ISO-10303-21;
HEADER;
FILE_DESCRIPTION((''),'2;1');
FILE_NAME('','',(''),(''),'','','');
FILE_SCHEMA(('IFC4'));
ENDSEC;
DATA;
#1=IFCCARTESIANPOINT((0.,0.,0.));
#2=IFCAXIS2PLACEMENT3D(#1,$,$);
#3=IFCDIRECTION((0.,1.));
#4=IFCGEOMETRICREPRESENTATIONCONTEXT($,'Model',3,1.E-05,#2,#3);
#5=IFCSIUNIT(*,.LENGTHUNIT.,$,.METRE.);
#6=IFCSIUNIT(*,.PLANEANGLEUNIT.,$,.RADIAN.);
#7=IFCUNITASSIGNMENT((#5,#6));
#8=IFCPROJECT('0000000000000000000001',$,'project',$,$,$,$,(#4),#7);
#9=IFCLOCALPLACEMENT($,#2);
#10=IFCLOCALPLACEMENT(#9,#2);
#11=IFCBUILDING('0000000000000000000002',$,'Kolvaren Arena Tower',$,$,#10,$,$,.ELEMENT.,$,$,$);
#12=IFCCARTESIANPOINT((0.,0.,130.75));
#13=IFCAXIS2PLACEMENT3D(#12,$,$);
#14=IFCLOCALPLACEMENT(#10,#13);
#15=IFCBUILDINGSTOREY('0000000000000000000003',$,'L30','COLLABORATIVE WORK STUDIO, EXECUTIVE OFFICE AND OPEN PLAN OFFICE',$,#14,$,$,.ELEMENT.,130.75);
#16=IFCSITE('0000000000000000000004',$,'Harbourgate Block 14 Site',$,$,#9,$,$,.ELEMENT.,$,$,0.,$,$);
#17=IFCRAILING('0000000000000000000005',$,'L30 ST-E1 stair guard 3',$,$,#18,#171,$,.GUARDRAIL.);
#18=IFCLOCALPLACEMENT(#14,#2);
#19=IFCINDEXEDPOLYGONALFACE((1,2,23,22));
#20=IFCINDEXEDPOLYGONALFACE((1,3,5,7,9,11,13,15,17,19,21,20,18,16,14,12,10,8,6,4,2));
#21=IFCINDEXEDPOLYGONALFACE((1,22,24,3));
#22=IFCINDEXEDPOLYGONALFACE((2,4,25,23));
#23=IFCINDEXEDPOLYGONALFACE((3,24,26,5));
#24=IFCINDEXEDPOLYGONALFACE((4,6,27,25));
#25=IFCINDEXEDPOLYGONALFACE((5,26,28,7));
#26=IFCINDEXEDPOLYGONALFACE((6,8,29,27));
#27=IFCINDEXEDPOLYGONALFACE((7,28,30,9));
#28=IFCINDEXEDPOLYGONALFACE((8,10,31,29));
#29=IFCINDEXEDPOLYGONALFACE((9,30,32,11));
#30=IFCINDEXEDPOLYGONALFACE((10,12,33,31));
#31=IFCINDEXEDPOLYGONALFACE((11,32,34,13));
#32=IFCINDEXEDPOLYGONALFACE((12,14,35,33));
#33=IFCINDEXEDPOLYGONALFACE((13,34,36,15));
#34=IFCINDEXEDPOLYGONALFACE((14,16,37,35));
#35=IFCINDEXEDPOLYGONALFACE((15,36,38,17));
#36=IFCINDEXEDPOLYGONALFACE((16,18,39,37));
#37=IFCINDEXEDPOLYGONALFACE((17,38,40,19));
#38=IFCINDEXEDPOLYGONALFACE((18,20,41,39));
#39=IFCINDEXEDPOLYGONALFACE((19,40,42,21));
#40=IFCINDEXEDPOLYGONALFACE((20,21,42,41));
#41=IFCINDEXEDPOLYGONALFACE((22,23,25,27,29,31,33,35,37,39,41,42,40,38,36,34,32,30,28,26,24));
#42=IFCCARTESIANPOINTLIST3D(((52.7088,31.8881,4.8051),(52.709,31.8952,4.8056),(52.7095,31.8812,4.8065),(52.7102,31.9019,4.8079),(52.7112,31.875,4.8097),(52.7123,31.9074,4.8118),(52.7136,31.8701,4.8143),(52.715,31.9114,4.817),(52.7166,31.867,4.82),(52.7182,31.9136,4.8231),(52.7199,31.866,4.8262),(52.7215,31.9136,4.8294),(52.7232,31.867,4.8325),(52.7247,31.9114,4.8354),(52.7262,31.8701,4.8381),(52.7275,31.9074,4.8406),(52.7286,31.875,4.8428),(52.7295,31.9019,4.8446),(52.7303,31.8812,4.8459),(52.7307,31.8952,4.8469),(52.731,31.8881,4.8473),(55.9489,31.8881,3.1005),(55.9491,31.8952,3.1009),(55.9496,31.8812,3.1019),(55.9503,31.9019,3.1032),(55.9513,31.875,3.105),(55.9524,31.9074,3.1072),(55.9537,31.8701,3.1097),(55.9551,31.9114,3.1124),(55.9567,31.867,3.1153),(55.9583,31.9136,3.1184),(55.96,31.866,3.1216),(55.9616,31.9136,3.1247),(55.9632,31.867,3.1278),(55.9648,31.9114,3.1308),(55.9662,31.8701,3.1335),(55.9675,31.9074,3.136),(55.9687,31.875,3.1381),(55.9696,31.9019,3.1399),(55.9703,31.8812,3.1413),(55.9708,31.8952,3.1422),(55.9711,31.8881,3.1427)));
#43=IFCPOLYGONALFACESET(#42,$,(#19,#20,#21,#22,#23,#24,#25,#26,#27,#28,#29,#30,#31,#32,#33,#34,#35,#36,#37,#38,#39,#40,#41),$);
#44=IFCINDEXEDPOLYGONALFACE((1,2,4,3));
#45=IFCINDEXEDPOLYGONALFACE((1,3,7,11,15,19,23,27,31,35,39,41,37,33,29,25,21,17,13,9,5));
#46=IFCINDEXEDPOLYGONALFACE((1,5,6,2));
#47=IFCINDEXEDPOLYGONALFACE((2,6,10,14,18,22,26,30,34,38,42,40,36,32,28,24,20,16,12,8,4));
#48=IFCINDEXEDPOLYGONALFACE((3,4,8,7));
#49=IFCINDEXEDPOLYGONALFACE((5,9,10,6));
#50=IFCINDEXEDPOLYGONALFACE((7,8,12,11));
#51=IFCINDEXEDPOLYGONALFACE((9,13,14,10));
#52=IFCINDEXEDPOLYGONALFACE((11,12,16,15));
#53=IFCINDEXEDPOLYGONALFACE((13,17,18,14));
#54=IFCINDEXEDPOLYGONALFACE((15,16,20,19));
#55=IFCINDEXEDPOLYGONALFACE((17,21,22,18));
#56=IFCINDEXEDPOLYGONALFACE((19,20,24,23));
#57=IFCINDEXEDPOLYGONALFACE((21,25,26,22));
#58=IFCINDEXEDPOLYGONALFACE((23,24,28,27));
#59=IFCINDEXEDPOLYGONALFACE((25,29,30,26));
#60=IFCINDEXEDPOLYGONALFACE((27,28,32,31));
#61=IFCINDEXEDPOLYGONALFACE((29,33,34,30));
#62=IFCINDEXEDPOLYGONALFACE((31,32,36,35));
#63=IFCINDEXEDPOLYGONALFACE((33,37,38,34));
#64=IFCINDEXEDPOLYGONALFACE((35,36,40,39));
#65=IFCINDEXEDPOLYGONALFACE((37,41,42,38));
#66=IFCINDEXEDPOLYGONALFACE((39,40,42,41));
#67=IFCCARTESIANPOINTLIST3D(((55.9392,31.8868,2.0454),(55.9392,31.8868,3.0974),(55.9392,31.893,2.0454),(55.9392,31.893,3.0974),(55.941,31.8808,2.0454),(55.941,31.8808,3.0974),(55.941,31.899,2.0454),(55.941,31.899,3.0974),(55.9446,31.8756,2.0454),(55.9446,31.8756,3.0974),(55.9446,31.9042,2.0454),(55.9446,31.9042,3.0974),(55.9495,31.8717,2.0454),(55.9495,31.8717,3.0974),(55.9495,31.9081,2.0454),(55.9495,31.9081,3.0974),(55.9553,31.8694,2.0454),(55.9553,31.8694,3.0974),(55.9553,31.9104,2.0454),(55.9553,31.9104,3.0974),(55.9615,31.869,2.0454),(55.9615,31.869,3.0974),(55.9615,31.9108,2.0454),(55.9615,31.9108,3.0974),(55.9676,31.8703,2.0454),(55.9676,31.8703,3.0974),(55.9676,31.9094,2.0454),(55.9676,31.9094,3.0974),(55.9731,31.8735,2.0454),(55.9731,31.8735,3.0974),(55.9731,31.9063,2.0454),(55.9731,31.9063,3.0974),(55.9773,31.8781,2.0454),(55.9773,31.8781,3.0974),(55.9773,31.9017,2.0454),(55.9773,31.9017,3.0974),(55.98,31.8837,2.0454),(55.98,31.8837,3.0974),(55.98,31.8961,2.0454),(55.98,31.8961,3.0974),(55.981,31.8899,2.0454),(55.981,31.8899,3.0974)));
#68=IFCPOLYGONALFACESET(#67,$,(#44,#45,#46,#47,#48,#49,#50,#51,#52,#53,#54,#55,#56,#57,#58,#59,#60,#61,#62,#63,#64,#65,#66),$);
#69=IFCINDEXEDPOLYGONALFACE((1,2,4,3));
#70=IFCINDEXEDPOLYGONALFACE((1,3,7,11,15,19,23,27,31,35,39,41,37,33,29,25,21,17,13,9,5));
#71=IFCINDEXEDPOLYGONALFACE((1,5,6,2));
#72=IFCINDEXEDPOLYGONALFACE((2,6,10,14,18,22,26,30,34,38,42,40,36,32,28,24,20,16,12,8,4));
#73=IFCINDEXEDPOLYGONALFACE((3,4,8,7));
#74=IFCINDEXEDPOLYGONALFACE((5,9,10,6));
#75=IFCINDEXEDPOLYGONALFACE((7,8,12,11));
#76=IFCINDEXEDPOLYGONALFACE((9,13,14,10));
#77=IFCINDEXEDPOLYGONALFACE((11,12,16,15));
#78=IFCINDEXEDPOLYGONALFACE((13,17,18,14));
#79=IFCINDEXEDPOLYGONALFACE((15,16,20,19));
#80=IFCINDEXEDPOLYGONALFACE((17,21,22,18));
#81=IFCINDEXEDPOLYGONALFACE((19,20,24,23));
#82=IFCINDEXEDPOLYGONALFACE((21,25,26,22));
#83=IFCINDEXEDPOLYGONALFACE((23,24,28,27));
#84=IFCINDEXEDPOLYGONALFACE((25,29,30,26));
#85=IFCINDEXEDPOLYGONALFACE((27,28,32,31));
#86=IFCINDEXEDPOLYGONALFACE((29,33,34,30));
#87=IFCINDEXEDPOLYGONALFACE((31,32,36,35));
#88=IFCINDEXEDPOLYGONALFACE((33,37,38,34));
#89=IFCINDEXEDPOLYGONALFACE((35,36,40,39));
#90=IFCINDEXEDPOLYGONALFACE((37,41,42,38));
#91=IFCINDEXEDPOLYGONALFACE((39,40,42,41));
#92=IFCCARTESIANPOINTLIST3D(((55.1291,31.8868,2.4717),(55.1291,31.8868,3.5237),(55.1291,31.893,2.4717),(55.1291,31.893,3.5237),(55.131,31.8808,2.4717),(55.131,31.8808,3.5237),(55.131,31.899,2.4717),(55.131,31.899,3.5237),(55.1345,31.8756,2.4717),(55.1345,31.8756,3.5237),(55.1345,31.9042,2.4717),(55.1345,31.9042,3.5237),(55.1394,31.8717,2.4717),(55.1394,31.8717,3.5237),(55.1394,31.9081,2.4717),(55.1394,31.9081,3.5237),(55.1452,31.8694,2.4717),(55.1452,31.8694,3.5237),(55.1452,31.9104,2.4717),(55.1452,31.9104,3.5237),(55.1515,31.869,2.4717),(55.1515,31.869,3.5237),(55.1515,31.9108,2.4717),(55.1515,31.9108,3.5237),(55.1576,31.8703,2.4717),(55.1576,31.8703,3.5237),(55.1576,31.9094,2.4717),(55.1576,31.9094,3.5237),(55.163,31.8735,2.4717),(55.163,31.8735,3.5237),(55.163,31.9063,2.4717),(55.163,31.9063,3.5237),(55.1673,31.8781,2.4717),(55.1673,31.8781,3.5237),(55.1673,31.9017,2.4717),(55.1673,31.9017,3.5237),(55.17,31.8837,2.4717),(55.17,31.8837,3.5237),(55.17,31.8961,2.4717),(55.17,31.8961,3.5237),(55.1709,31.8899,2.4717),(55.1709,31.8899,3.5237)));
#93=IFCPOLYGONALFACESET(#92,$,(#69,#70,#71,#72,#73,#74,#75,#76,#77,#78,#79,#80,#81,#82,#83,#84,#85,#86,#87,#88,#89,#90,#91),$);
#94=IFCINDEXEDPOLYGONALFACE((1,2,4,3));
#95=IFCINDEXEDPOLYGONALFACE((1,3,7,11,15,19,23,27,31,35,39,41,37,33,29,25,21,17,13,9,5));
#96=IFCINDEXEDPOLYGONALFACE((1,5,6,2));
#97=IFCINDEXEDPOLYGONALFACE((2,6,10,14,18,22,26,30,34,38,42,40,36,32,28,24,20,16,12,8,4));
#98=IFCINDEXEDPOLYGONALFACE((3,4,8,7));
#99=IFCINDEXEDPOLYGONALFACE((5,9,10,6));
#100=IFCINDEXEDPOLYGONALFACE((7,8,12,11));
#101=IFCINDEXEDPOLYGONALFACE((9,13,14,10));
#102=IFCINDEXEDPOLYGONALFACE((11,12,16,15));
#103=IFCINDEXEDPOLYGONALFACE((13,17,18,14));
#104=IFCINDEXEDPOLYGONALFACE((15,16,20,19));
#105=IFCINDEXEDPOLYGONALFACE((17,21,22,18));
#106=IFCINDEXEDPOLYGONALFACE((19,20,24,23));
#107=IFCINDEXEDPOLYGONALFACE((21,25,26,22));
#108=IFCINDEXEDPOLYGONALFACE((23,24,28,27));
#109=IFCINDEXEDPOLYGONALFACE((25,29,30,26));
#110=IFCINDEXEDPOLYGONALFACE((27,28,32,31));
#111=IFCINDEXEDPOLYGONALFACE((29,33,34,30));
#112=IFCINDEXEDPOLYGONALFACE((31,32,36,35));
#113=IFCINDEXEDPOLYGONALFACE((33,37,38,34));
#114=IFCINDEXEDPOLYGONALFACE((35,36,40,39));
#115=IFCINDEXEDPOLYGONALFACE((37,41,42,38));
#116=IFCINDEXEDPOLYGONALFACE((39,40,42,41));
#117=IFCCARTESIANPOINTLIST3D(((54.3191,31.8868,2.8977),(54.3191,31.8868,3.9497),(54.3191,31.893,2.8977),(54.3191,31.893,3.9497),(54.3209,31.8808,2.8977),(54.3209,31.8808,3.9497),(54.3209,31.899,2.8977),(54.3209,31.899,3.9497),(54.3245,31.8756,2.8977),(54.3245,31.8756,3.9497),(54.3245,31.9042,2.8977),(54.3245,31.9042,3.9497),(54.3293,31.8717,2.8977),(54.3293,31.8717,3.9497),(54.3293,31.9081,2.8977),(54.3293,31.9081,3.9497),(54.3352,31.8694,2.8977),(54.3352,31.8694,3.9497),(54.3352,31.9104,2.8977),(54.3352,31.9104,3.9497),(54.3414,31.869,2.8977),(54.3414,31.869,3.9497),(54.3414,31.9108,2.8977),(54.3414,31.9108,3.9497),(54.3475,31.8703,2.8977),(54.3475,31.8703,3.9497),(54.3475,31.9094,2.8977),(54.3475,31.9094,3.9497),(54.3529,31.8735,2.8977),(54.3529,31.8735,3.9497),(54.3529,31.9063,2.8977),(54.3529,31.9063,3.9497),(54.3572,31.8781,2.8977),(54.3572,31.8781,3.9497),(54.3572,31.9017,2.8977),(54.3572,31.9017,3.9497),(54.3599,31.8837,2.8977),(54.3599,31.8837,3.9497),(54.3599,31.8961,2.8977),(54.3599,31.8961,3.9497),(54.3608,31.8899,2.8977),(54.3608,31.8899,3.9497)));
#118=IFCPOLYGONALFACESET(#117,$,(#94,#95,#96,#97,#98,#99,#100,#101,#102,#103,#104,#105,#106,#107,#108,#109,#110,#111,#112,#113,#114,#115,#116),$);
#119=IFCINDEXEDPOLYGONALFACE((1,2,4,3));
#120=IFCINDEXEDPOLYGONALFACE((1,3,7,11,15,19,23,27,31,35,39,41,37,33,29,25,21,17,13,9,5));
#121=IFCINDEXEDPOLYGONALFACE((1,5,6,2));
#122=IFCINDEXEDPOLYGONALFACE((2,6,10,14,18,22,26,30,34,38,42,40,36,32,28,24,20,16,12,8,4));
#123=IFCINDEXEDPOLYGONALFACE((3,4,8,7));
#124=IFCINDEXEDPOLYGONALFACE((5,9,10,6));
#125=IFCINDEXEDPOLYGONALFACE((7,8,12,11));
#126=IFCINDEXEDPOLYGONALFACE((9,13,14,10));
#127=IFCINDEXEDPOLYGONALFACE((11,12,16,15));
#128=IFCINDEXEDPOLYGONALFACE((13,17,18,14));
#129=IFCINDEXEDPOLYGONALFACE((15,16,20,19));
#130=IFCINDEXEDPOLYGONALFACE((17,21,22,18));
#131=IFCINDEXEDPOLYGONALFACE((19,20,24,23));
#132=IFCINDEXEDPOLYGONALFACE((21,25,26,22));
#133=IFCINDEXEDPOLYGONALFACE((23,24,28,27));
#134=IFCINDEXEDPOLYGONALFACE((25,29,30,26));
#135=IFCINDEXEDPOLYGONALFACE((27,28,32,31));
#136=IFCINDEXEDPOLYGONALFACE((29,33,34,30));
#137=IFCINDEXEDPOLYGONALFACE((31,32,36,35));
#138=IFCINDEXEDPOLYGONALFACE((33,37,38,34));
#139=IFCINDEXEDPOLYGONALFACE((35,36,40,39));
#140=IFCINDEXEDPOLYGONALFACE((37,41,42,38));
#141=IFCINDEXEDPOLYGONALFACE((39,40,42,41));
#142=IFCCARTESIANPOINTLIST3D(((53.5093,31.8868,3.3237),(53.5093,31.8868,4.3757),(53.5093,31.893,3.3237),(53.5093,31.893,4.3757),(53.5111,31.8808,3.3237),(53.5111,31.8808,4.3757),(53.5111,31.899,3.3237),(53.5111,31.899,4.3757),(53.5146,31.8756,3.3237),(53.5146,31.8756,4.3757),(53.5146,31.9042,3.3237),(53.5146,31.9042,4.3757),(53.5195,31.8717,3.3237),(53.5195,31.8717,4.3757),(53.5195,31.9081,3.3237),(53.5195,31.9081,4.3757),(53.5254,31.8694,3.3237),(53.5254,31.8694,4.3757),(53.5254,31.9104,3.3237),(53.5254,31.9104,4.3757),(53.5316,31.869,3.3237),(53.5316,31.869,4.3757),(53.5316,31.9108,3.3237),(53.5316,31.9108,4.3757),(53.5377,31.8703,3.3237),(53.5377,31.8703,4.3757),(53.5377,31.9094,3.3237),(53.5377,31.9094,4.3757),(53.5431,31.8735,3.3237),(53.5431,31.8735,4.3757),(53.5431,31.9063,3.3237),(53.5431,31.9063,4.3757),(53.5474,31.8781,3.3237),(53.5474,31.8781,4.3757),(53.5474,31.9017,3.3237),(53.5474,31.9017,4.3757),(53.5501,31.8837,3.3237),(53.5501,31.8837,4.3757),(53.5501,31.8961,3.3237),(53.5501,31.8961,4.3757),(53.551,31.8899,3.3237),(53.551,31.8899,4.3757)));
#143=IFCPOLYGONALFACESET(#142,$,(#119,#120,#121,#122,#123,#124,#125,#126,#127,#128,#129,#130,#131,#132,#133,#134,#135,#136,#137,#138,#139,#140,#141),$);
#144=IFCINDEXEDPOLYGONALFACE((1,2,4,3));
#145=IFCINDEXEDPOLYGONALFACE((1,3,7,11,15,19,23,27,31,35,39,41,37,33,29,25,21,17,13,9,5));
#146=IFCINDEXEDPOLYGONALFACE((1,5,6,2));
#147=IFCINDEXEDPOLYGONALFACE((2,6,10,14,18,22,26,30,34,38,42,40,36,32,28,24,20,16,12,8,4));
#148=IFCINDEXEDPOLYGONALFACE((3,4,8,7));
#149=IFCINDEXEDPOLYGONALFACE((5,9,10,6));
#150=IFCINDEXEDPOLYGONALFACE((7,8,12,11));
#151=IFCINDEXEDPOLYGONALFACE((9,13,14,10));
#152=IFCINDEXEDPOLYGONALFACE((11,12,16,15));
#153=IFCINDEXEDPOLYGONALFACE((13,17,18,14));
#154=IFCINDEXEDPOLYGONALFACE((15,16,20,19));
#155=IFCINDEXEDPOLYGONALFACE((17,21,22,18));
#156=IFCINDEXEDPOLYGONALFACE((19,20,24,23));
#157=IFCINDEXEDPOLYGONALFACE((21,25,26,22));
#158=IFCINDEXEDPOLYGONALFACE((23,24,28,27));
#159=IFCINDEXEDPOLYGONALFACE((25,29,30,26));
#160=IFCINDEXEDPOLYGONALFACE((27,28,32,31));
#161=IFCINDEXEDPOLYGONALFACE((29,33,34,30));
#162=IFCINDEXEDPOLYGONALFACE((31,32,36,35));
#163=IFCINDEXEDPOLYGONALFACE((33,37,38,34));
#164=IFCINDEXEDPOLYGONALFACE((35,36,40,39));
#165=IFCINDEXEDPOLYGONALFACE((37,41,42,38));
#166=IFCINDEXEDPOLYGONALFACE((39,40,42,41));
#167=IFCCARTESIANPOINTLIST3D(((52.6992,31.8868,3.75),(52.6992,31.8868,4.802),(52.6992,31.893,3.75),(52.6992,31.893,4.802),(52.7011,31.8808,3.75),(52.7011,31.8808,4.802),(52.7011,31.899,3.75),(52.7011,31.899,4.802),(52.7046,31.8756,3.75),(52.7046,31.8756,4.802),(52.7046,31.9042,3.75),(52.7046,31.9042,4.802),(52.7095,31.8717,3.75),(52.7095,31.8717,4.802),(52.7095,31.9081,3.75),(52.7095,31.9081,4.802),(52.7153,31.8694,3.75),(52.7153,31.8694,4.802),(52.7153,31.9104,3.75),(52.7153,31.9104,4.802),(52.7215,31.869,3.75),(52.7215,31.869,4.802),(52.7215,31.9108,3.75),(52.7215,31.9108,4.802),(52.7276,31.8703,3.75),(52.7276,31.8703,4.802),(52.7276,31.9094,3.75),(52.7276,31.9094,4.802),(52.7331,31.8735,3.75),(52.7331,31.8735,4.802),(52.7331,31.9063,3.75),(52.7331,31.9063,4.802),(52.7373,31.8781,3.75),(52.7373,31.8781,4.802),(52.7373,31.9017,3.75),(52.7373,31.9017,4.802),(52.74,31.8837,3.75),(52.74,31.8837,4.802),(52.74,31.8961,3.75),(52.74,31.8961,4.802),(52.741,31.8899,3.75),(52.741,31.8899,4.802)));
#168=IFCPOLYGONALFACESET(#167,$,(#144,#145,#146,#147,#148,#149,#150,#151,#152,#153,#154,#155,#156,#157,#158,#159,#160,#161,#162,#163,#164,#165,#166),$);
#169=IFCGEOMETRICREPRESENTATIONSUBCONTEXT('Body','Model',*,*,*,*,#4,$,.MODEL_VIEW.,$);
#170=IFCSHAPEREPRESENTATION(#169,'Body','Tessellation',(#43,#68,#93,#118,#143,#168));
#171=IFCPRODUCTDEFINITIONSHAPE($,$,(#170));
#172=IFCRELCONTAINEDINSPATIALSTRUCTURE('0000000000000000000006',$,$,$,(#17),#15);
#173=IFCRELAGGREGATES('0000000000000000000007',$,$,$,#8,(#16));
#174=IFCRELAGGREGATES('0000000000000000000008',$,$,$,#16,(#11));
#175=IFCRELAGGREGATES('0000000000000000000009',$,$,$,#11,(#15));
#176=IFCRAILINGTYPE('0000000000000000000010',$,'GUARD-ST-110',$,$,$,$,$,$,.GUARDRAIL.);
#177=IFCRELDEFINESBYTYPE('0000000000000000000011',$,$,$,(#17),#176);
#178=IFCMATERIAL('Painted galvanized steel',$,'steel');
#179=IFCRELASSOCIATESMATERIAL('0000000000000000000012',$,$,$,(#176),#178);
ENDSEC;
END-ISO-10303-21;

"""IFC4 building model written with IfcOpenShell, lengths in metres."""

from ifc_helpers import new_model, si_unit, direction, frame, origin, origin_2d, place, context, subcontext, project, spatial, circle, extrude, material, type_object, element, save


model = new_model("IFC4")

# Units and contexts
model_context = context("Model", 3, precision=1e-05, world=origin(), true_north=direction((0.0, 1.0)))
body_context = subcontext(model_context, "Body", "Model", "MODEL_VIEW")
ifc_project = project(units=[si_unit("LENGTHUNIT", "METRE"), si_unit("PLANEANGLEUNIT", "RADIAN")], contexts=[model_context])

# Site, building, storey
site_placement = place(None, origin())
site = spatial("IfcSite", under=ifc_project, at=site_placement, Name="Harbourgate Block 14 Site", CompositionType="ELEMENT", RefElevation=0.0)
building_placement = place(site_placement, origin())
building = spatial("IfcBuilding", under=site, at=building_placement, Name="Kolvaren Arena Tower", CompositionType="ELEMENT")
storey_placement = place(building_placement, frame((0.0, 0.0, 130.75)))
storey = spatial("IfcBuildingStorey", under=building, at=storey_placement, Name="L30", Description="COLLABORATIVE WORK STUDIO, EXECUTIVE OFFICE AND OPEN PLAN OFFICE", CompositionType="ELEMENT", Elevation=130.75)

# Railing
ifc_material_1 = material(Name="Painted galvanized steel", Category="steel")
railing_type_1 = type_object("IfcRailingType", Name="GUARD-ST-110", PredefinedType="GUARDRAIL", material=ifc_material_1)
railing_1_placement = place(storey_placement, frame((55.96, 31.8899, 2.0454)))
element("IfcRailing", 1, at=railing_1_placement, inside=storey, type_object=railing_type_1, Name="L30 ST-E1 stair guard 3", PredefinedType="GUARDRAIL", context=body_context, shape_type="SweptSolid", body=[
    extrude(circle(Radius=0.0239, at=origin_2d()), frame((0.0, 0.0, 1.0762), z_axis=(-0.884993, 0.0, 0.465604), x_axis=(0.0, -1.0, 0.0)), (0.0, 0.0, 1.0), 3.6611),
    extrude(circle(Radius=0.021, at=origin_2d()), origin(), (0.0, 0.0, 1.0), 1.052),
    extrude(circle(Radius=0.021, at=origin_2d()), frame((-0.8101, 0.0, 0.4263)), (0.0, 0.0, 1.0), 1.052),
    extrude(circle(Radius=0.021, at=origin_2d()), frame((-1.6201, 0.0, 0.8523)), (0.0, 0.0, 1.0), 1.052),
    extrude(circle(Radius=0.021, at=origin_2d()), frame((-2.4299, 0.0, 1.2783)), (0.0, 0.0, 1.0), 1.052),
    extrude(circle(Radius=0.021, at=origin_2d()), frame((-3.24, 0.0, 1.7046)), (0.0, 0.0, 1.0), 1.052),
])

save(model, "model.ifc")
